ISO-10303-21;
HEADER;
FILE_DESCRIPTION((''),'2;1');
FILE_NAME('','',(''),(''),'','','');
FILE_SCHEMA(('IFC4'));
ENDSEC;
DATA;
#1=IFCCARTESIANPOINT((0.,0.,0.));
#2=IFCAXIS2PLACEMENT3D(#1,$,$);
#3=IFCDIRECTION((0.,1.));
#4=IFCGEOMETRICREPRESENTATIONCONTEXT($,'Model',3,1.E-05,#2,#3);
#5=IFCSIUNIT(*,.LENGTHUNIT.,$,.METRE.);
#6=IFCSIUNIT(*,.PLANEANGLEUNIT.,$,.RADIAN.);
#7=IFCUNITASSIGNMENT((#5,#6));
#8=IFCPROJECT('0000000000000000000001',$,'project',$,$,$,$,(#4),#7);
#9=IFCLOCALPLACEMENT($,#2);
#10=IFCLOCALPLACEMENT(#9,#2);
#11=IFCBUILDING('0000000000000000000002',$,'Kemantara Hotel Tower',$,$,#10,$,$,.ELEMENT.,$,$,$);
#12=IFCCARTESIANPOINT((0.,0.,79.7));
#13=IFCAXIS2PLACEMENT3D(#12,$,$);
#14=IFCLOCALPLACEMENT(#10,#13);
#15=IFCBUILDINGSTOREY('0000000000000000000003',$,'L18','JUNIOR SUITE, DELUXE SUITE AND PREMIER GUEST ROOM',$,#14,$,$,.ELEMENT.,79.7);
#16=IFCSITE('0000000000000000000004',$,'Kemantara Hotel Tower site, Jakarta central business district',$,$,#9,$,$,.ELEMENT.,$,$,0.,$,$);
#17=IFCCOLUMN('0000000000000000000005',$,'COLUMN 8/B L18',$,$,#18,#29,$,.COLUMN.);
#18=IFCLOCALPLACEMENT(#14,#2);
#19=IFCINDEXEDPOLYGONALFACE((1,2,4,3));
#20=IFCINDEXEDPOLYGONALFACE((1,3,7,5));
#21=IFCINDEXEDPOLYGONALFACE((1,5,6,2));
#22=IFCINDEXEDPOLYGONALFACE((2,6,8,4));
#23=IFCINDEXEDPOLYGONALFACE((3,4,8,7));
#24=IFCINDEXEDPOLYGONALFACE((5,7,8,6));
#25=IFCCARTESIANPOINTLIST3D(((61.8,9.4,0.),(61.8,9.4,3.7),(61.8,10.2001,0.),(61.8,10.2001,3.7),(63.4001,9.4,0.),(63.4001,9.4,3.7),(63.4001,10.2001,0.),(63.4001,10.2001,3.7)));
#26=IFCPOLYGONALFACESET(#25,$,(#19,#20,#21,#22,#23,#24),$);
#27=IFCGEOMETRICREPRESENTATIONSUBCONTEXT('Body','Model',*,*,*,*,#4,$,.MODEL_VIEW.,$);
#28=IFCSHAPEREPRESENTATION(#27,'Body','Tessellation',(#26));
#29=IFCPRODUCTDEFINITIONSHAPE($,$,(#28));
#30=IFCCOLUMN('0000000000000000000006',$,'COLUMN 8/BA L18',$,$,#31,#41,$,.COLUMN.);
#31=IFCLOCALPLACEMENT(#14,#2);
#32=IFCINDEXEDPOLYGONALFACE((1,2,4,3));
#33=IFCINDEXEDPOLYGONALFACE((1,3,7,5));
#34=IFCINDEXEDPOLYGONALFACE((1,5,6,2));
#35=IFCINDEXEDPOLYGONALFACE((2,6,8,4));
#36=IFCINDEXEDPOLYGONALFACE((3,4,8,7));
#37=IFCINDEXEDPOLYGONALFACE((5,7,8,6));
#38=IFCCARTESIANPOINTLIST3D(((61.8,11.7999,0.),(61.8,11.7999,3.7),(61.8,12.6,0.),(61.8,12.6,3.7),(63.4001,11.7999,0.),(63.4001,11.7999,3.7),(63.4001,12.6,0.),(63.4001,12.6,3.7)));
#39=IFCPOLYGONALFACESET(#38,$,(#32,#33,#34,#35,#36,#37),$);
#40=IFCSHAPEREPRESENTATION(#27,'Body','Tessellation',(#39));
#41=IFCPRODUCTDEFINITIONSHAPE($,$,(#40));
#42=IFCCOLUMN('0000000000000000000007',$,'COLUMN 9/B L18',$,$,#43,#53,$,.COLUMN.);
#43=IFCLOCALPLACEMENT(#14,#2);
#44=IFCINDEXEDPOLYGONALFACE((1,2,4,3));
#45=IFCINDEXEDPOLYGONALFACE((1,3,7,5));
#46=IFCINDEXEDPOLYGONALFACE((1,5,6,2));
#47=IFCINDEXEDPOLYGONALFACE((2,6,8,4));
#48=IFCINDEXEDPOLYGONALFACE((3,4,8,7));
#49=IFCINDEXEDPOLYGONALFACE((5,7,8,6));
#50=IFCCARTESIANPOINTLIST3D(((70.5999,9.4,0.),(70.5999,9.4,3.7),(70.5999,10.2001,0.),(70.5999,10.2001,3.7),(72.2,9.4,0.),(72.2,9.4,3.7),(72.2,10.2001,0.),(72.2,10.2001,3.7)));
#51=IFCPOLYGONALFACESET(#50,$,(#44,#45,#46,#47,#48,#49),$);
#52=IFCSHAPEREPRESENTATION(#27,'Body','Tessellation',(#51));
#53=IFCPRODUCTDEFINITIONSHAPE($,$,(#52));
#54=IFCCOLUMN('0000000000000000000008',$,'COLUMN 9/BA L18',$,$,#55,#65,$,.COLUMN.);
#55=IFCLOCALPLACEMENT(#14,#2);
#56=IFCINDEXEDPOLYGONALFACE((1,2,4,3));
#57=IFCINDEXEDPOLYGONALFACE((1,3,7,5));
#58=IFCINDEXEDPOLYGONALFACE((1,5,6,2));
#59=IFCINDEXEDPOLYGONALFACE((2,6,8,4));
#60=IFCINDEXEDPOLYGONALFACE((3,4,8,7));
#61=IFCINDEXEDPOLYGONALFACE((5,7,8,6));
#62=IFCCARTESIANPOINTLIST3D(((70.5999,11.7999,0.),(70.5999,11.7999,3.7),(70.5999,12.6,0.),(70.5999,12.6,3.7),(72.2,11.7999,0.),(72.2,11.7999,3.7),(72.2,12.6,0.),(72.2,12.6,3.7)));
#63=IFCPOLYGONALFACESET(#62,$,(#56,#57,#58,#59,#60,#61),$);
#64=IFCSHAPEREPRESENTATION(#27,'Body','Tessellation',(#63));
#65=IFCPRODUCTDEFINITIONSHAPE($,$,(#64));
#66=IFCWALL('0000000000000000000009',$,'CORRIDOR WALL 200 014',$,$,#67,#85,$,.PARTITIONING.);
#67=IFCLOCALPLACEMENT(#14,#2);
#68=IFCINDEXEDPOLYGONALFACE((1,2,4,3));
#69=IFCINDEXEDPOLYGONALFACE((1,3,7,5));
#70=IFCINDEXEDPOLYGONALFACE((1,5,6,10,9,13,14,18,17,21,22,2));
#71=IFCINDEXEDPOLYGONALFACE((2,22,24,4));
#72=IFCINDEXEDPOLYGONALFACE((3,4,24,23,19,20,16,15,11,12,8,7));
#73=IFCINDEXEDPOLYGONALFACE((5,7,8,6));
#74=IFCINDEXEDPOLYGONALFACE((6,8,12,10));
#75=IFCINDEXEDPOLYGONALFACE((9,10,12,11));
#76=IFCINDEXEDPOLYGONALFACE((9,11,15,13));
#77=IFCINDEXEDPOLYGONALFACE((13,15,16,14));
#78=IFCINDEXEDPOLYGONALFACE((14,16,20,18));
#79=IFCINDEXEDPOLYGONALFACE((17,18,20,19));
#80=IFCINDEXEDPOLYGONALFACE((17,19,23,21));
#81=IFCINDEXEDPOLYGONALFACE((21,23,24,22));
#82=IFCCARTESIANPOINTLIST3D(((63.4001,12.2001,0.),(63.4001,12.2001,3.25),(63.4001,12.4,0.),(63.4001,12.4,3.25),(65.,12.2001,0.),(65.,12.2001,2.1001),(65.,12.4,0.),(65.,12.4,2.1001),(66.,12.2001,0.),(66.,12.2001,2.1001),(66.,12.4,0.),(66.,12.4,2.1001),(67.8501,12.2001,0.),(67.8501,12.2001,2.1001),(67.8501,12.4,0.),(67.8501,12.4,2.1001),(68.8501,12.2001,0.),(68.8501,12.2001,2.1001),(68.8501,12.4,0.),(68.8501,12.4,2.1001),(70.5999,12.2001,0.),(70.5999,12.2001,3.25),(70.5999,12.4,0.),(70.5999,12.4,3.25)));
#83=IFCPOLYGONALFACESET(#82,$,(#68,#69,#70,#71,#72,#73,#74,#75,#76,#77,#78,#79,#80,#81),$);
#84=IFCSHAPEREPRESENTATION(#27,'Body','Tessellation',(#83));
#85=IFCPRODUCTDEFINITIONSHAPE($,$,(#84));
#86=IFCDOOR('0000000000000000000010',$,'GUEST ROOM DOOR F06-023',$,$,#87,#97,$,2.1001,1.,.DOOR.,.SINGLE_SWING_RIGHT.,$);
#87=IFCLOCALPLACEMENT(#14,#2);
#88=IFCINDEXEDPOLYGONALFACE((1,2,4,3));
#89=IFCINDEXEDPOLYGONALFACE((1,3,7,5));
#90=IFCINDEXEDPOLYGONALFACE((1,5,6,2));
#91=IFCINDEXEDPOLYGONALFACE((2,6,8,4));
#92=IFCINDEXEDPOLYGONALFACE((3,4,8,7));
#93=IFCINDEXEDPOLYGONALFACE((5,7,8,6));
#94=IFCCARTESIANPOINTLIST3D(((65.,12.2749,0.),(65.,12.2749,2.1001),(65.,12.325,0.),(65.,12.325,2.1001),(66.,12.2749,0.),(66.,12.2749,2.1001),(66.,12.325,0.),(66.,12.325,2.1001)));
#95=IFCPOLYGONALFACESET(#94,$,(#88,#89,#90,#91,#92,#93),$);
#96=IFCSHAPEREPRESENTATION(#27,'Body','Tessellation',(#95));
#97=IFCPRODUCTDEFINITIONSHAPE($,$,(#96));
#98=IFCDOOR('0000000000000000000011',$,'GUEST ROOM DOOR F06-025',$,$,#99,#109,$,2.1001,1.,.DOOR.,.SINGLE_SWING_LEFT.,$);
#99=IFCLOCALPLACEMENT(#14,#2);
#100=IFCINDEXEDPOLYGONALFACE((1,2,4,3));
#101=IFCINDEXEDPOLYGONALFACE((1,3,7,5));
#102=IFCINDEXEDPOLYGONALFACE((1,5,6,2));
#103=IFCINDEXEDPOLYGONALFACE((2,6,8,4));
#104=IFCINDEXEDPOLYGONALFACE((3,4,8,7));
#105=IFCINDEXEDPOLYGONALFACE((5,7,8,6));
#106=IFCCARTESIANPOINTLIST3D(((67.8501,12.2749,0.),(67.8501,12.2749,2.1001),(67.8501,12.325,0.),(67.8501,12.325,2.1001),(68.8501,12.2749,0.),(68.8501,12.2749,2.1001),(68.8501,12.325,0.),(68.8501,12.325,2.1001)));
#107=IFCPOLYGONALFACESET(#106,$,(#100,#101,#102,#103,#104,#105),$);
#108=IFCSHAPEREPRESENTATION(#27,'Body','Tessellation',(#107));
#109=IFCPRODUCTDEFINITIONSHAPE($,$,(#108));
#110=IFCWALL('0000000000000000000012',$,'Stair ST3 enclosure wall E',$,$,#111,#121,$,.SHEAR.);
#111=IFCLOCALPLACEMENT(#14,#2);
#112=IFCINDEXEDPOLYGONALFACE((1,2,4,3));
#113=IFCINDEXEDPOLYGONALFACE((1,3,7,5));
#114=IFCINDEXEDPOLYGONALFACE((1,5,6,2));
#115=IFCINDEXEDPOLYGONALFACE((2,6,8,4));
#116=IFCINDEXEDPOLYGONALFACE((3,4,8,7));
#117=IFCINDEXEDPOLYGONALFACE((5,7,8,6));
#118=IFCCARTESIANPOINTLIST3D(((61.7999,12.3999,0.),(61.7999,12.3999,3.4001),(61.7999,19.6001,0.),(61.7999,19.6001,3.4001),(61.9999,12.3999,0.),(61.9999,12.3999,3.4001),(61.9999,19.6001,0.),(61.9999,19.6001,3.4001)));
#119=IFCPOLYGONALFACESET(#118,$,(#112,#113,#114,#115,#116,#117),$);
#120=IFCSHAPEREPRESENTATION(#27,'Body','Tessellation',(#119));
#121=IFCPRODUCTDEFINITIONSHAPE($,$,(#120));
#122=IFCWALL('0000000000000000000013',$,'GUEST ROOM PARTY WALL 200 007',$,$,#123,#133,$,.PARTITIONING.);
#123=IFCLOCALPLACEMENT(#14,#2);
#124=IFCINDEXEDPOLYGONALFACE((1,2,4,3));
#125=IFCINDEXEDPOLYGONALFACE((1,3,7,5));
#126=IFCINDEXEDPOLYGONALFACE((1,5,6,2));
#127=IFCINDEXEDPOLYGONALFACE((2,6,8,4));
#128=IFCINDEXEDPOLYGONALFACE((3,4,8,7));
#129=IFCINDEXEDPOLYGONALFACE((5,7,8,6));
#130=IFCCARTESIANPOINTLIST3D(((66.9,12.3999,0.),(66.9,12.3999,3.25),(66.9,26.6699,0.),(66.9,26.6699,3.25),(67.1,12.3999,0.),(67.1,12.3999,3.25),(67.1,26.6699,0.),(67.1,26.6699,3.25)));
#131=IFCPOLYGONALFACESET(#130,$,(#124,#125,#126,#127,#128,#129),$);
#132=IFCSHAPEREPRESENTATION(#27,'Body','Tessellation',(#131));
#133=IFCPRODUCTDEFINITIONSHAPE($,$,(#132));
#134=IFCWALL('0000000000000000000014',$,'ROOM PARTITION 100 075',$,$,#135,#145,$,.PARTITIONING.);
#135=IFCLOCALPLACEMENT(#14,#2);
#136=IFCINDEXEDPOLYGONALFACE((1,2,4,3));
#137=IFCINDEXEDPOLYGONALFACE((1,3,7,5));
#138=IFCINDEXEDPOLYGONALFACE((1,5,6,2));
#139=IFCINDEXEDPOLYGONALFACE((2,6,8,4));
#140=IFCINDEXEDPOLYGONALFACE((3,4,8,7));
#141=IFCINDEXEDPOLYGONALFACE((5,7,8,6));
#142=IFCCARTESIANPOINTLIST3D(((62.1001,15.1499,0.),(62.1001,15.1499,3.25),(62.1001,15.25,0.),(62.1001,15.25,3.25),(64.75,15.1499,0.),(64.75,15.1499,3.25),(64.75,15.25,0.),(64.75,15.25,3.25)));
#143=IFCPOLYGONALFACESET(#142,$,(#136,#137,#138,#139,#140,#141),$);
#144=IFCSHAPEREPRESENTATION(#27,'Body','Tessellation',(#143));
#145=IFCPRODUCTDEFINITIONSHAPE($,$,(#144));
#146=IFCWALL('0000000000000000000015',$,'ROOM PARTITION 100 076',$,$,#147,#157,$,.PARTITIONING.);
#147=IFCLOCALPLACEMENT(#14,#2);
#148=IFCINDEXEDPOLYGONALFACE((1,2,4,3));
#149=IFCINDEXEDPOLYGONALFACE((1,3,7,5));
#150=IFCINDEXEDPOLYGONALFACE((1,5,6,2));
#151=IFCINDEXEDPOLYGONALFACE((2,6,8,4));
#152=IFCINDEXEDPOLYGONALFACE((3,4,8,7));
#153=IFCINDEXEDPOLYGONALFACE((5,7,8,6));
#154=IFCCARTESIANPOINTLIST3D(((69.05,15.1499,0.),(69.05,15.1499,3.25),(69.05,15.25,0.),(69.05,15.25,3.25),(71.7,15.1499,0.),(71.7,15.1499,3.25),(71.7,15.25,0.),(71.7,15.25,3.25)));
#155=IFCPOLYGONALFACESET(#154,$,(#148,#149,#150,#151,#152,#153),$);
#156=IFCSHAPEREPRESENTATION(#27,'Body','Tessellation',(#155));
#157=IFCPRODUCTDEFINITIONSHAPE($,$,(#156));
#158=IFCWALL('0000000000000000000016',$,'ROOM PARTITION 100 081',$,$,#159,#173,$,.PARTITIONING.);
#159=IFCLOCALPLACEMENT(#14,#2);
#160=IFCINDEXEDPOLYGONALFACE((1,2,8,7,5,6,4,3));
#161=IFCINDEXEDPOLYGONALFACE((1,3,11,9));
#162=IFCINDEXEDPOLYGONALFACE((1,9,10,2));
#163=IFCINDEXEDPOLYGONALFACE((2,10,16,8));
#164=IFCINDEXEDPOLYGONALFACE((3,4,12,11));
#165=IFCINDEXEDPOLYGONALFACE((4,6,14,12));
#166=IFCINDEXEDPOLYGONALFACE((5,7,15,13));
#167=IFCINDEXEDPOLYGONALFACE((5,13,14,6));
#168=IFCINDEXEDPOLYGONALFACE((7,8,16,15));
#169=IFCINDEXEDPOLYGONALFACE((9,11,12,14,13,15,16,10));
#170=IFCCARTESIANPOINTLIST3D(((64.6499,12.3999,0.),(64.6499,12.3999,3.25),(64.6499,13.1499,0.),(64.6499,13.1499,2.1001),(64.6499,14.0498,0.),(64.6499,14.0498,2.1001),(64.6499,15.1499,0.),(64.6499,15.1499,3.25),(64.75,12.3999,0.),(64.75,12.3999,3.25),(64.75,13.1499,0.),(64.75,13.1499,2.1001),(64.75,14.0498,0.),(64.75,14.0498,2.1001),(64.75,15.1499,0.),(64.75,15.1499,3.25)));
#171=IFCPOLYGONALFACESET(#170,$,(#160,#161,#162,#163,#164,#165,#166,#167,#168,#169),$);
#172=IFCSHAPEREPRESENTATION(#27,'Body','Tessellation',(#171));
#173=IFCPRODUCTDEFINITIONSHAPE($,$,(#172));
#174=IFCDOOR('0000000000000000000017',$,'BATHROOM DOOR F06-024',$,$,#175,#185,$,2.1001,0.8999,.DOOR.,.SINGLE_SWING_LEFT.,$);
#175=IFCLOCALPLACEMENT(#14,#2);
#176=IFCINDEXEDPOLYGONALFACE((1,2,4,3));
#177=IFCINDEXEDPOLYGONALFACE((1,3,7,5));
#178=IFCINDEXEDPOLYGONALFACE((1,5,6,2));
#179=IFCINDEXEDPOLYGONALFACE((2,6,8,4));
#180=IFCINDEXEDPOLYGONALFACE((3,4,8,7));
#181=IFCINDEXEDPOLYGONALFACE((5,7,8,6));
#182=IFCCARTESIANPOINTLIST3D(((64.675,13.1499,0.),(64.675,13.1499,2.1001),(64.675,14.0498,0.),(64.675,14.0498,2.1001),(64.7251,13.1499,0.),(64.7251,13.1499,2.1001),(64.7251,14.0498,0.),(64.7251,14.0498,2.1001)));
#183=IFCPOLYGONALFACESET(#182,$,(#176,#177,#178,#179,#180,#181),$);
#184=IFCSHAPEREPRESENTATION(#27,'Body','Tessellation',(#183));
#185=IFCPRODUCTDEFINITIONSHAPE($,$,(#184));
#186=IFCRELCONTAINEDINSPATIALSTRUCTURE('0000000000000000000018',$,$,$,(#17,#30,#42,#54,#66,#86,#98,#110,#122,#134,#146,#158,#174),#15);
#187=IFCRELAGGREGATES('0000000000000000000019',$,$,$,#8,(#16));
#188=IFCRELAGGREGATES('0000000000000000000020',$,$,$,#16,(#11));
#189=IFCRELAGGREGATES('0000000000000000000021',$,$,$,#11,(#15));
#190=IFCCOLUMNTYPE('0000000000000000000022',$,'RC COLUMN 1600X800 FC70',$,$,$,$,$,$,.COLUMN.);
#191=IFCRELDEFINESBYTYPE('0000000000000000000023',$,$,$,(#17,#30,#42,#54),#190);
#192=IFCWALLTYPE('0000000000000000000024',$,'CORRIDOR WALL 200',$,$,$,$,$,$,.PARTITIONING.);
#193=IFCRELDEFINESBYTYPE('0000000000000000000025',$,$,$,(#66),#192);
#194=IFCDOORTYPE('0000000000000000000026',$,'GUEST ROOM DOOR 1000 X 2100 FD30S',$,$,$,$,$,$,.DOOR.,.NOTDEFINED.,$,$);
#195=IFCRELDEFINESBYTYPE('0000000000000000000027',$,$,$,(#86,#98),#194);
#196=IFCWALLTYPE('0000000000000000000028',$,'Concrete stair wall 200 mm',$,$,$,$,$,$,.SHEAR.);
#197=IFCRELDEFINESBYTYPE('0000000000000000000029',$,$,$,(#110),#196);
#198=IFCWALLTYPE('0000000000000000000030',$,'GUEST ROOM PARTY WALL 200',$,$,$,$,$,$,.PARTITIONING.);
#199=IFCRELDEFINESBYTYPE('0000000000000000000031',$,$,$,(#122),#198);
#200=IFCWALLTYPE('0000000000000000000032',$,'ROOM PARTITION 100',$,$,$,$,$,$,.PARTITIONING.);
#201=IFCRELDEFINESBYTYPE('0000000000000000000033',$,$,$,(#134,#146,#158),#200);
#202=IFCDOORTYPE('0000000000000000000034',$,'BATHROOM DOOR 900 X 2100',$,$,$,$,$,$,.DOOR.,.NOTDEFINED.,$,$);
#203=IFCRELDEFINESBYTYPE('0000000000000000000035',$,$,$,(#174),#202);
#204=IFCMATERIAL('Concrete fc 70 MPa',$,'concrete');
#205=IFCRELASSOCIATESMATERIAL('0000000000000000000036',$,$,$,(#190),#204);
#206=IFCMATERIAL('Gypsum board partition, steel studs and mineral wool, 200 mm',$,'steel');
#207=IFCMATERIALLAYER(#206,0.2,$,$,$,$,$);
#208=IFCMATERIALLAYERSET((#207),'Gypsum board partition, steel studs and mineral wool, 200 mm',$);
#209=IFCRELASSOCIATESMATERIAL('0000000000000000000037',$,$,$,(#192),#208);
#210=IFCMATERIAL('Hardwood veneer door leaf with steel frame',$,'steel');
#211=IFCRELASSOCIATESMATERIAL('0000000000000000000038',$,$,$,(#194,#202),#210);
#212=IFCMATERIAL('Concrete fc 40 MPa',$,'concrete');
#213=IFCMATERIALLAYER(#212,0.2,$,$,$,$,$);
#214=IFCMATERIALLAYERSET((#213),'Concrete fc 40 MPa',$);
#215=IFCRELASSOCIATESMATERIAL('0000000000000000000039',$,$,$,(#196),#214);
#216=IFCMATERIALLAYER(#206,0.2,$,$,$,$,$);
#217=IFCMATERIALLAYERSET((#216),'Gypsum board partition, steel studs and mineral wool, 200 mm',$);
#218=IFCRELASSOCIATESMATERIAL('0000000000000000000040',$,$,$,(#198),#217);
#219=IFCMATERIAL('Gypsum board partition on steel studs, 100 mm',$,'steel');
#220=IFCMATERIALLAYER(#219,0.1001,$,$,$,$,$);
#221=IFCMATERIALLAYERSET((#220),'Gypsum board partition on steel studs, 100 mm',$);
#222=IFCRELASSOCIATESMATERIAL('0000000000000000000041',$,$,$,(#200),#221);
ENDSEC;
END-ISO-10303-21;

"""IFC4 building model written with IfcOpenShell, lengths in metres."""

from ifc_helpers import new_model, si_unit, direction, frame, frame_2d, origin, origin_2d, place, context, subcontext, project, spatial, rectangle, extrude, material, layer, layer_set, material_profile, profile_set, type_object, element, fill, save


model = new_model("IFC4")

# Units and contexts
model_context = context("Model", 3, precision=1e-05, world=origin(), true_north=direction((0.0, 1.0)))
body_context = subcontext(model_context, "Body", "Model", "MODEL_VIEW")
ifc_project = project(units=[si_unit("LENGTHUNIT", "METRE"), si_unit("PLANEANGLEUNIT", "RADIAN")], contexts=[model_context])

# Site, building, storey
site_placement = place(None, origin())
site = spatial("IfcSite", under=ifc_project, at=site_placement, Name="Kemantara Hotel Tower site, Jakarta central business district", CompositionType="ELEMENT", RefElevation=0.0)
building_placement = place(site_placement, origin())
building = spatial("IfcBuilding", under=site, at=building_placement, Name="Kemantara Hotel Tower", CompositionType="ELEMENT")
storey_placement = place(building_placement, frame((0.0, 0.0, 79.7)))
storey = spatial("IfcBuildingStorey", under=building, at=storey_placement, Name="L18", Description="JUNIOR SUITE, DELUXE SUITE AND PREMIER GUEST ROOM", CompositionType="ELEMENT", Elevation=79.7)

# Columns
ifc_material_1 = material(Name="Concrete fc 70 MPa", Category="concrete")
ifc_material_profile = material_profile(ifc_material_1, rectangle(XDim=1.6001, YDim=0.8, at=origin_2d()), Name="RC 1600X800")
ifc_profile_set = profile_set([ifc_material_profile], Name="Concrete fc 70 MPa")
column_type = type_object("IfcColumnType", Name="RC COLUMN 1600X800 FC70", PredefinedType="COLUMN", material=ifc_profile_set)
for number, where, z_axis, x_axis, name in (
    (1, (62.6001, 9.8, 0.0), (0.0, 0.0, 1.0), (1.0, 0.0, 0.0), "COLUMN 8/B L18"),
    (2, (62.6001, 12.2, 0.0), (0.0, 0.0, 1.0), (1.0, 0.0, 0.0), "COLUMN 8/BA L18"),
    (3, (71.3999, 9.8, 0.0), (0.0, 0.0, 1.0), (1.0, 0.0, 0.0), "COLUMN 9/B L18"),
    (4, (71.3999, 12.2, 0.0), (0.0, 0.0, 1.0), (1.0, 0.0, 0.0), "COLUMN 9/BA L18"),
):
    element("IfcColumn", number, at=place(storey_placement, frame(where, z_axis=z_axis, x_axis=x_axis)), inside=storey, type_object=column_type, Name=name, PredefinedType="COLUMN", context=body_context, shape_type="SweptSolid", body=[
        extrude(rectangle(XDim=1.6001, YDim=0.8, at=origin_2d()), origin(), (0.0, 0.0, 1.0), 3.7),
    ])

# Wall, openings, doors
ifc_material_2 = material(Name="Gypsum board partition, steel studs and mineral wool, 200 mm", Category="steel")
ifc_layer_1 = layer(ifc_material_2, 0.2)
ifc_layer_set_1 = layer_set([ifc_layer_1], Name="Gypsum board partition, steel studs and mineral wool, 200 mm")
wall_type_1 = type_object("IfcWallType", Name="CORRIDOR WALL 200", PredefinedType="PARTITIONING", material=ifc_layer_set_1)
wall_1_placement = place(storey_placement, frame((63.4001, 12.3, 0.0), z_axis=(0.0, 0.0, 1.0), x_axis=(1.0, 0.0, 0.0)))
wall_1 = element("IfcWall", 5, at=wall_1_placement, inside=storey, type_object=wall_type_1, Name="CORRIDOR WALL 200 014", PredefinedType="PARTITIONING", context=body_context, shape_type="SweptSolid", body=[
    extrude(rectangle(XDim=7.1997, YDim=0.2, at=frame_2d((3.5999, 0.0))), origin(), (0.0, 0.0, 1.0), 3.25),
])
opening_1_placement = place(wall_1_placement, frame((1.5999, 0.0, 0.0)))
opening_1 = element("IfcOpeningElement", 6, at=opening_1_placement, cuts=wall_1, PredefinedType="OPENING", context=body_context, shape_type="SweptSolid", body=[
    extrude(rectangle(XDim=1.0, YDim=2.1001, at=frame_2d((0.5, 1.05))), frame((0.0, 0.1099, 0.0), z_axis=(0.0, -1.0, 0.0), x_axis=(1.0, 0.0, 0.0)), (0.0, 0.0, 1.0), 0.22),
])
opening_2_placement = place(wall_1_placement, frame((4.45, 0.0, 0.0)))
opening_2 = element("IfcOpeningElement", 7, at=opening_2_placement, cuts=wall_1, PredefinedType="OPENING", context=body_context, shape_type="SweptSolid", body=[
    extrude(rectangle(XDim=1.0, YDim=2.1001, at=frame_2d((0.5, 1.05))), frame((0.0, 0.1099, 0.0), z_axis=(0.0, -1.0, 0.0), x_axis=(1.0, 0.0, 0.0)), (0.0, 0.0, 1.0), 0.22),
])
ifc_material_3 = material(Name="Hardwood veneer door leaf with steel frame", Category="steel")
door_type_1 = type_object("IfcDoorType", Name="GUEST ROOM DOOR 1000 X 2100 FD30S", OperationType="NOTDEFINED", PredefinedType="DOOR", material=ifc_material_3)
door_1_placement = place(opening_1_placement, origin())
door_1 = element("IfcDoor", 8, at=door_1_placement, inside=storey, type_object=door_type_1, Name="GUEST ROOM DOOR F06-023", OperationType="SINGLE_SWING_RIGHT", OverallHeight=2.1001, OverallWidth=1.0, PredefinedType="DOOR", context=body_context, shape_type="SweptSolid", body=[
    extrude(rectangle(XDim=1.0, YDim=2.1001, at=frame_2d((0.5, 1.05))), frame((0.0, 0.0249, 0.0), z_axis=(0.0, -1.0, 0.0), x_axis=(1.0, 0.0, 0.0)), (0.0, 0.0, 1.0), 0.05),
])
fill(opening_1, door_1)
door_2_placement = place(opening_2_placement, origin())
door_2 = element("IfcDoor", 9, at=door_2_placement, inside=storey, type_object=door_type_1, Name="GUEST ROOM DOOR F06-025", OperationType="SINGLE_SWING_LEFT", OverallHeight=2.1001, OverallWidth=1.0, PredefinedType="DOOR", context=body_context, shape_type="SweptSolid", body=[
    extrude(rectangle(XDim=1.0, YDim=2.1001, at=frame_2d((0.5, 1.05))), frame((0.0, 0.0249, 0.0), z_axis=(0.0, -1.0, 0.0), x_axis=(1.0, 0.0, 0.0)), (0.0, 0.0, 1.0), 0.05),
])
fill(opening_2, door_2)

# Walls
ifc_material_4 = material(Name="Concrete fc 40 MPa", Category="concrete")
ifc_layer_2 = layer(ifc_material_4, 0.2)
ifc_layer_set_2 = layer_set([ifc_layer_2], Name="Concrete fc 40 MPa")
wall_type_2 = type_object("IfcWallType", Name="Concrete stair wall 200 mm", PredefinedType="SHEAR", material=ifc_layer_set_2)
wall_2_placement = place(storey_placement, frame((61.8999, 12.3999, 0.0), z_axis=(0.0, 0.0, 1.0), x_axis=(0.0, 1.0, 0.0)))
element("IfcWall", 10, at=wall_2_placement, inside=storey, type_object=wall_type_2, Name="Stair ST3 enclosure wall E", PredefinedType="SHEAR", context=body_context, shape_type="SweptSolid", body=[
    extrude(rectangle(XDim=7.2002, YDim=0.2, at=frame_2d((3.6001, 0.0))), origin(), (0.0, 0.0, 1.0), 3.4001),
])
ifc_layer_3 = layer(ifc_material_2, 0.2)
ifc_layer_set_3 = layer_set([ifc_layer_3], Name="Gypsum board partition, steel studs and mineral wool, 200 mm")
wall_type_3 = type_object("IfcWallType", Name="GUEST ROOM PARTY WALL 200", PredefinedType="PARTITIONING", material=ifc_layer_set_3)
wall_3_placement = place(storey_placement, frame((67.0, 12.3999, 0.0), z_axis=(0.0, 0.0, 1.0), x_axis=(0.0, 1.0, 0.0)))
element("IfcWall", 11, at=wall_3_placement, inside=storey, type_object=wall_type_3, Name="GUEST ROOM PARTY WALL 200 007", PredefinedType="PARTITIONING", context=body_context, shape_type="SweptSolid", body=[
    extrude(rectangle(XDim=14.27, YDim=0.2, at=frame_2d((7.135, 0.0))), origin(), (0.0, 0.0, 1.0), 3.25),
])
ifc_material_5 = material(Name="Gypsum board partition on steel studs, 100 mm", Category="steel")
ifc_layer_4 = layer(ifc_material_5, 0.1001)
ifc_layer_set_4 = layer_set([ifc_layer_4], Name="Gypsum board partition on steel studs, 100 mm")
wall_type_4 = type_object("IfcWallType", Name="ROOM PARTITION 100", PredefinedType="PARTITIONING", material=ifc_layer_set_4)
for number, where, z_axis, x_axis, name in (
    (12, (62.1001, 15.2, 0.0), (0.0, 0.0, 1.0), (1.0, 0.0, 0.0), "ROOM PARTITION 100 075"),
    (13, (69.05, 15.2, 0.0), (0.0, 0.0, 1.0), (1.0, 0.0, 0.0), "ROOM PARTITION 100 076"),
):
    element("IfcWall", number, at=place(storey_placement, frame(where, z_axis=z_axis, x_axis=x_axis)), inside=storey, type_object=wall_type_4, Name=name, PredefinedType="PARTITIONING", context=body_context, shape_type="SweptSolid", body=[
        extrude(rectangle(XDim=2.6499, YDim=0.1001, at=frame_2d((1.325, 0.0))), origin(), (0.0, 0.0, 1.0), 3.25),
    ])

# Wall, opening, door
wall_4_placement = place(storey_placement, frame((64.7, 12.3999, 0.0), z_axis=(0.0, 0.0, 1.0), x_axis=(0.0, 1.0, 0.0)))
wall_4 = element("IfcWall", 14, at=wall_4_placement, inside=storey, type_object=wall_type_4, Name="ROOM PARTITION 100 081", PredefinedType="PARTITIONING", context=body_context, shape_type="SweptSolid", body=[
    extrude(rectangle(XDim=2.75, YDim=0.1001, at=frame_2d((1.375, 0.0))), origin(), (0.0, 0.0, 1.0), 3.25),
])
opening_3_placement = place(wall_4_placement, frame((0.75, 0.0, 0.0)))
opening_3 = element("IfcOpeningElement", 15, at=opening_3_placement, cuts=wall_4, PredefinedType="OPENING", context=body_context, shape_type="SweptSolid", body=[
    extrude(rectangle(XDim=0.8999, YDim=2.1001, at=frame_2d((0.45, 1.05))), frame((0.0, 0.0601, 0.0), z_axis=(0.0, -1.0, 0.0), x_axis=(1.0, 0.0, 0.0)), (0.0, 0.0, 1.0), 0.1201),
])
door_type_2 = type_object("IfcDoorType", Name="BATHROOM DOOR 900 X 2100", OperationType="NOTDEFINED", PredefinedType="DOOR", material=ifc_material_3)
door_3_placement = place(opening_3_placement, origin())
door_3 = element("IfcDoor", 16, at=door_3_placement, inside=storey, type_object=door_type_2, Name="BATHROOM DOOR F06-024", OperationType="SINGLE_SWING_LEFT", OverallHeight=2.1001, OverallWidth=0.8999, PredefinedType="DOOR", context=body_context, shape_type="SweptSolid", body=[
    extrude(rectangle(XDim=0.8999, YDim=2.1001, at=frame_2d((0.45, 1.05))), frame((0.0, 0.0249, 0.0), z_axis=(0.0, -1.0, 0.0), x_axis=(1.0, 0.0, 0.0)), (0.0, 0.0, 1.0), 0.05),
])
fill(opening_3, door_3)

save(model, "model.ifc")
